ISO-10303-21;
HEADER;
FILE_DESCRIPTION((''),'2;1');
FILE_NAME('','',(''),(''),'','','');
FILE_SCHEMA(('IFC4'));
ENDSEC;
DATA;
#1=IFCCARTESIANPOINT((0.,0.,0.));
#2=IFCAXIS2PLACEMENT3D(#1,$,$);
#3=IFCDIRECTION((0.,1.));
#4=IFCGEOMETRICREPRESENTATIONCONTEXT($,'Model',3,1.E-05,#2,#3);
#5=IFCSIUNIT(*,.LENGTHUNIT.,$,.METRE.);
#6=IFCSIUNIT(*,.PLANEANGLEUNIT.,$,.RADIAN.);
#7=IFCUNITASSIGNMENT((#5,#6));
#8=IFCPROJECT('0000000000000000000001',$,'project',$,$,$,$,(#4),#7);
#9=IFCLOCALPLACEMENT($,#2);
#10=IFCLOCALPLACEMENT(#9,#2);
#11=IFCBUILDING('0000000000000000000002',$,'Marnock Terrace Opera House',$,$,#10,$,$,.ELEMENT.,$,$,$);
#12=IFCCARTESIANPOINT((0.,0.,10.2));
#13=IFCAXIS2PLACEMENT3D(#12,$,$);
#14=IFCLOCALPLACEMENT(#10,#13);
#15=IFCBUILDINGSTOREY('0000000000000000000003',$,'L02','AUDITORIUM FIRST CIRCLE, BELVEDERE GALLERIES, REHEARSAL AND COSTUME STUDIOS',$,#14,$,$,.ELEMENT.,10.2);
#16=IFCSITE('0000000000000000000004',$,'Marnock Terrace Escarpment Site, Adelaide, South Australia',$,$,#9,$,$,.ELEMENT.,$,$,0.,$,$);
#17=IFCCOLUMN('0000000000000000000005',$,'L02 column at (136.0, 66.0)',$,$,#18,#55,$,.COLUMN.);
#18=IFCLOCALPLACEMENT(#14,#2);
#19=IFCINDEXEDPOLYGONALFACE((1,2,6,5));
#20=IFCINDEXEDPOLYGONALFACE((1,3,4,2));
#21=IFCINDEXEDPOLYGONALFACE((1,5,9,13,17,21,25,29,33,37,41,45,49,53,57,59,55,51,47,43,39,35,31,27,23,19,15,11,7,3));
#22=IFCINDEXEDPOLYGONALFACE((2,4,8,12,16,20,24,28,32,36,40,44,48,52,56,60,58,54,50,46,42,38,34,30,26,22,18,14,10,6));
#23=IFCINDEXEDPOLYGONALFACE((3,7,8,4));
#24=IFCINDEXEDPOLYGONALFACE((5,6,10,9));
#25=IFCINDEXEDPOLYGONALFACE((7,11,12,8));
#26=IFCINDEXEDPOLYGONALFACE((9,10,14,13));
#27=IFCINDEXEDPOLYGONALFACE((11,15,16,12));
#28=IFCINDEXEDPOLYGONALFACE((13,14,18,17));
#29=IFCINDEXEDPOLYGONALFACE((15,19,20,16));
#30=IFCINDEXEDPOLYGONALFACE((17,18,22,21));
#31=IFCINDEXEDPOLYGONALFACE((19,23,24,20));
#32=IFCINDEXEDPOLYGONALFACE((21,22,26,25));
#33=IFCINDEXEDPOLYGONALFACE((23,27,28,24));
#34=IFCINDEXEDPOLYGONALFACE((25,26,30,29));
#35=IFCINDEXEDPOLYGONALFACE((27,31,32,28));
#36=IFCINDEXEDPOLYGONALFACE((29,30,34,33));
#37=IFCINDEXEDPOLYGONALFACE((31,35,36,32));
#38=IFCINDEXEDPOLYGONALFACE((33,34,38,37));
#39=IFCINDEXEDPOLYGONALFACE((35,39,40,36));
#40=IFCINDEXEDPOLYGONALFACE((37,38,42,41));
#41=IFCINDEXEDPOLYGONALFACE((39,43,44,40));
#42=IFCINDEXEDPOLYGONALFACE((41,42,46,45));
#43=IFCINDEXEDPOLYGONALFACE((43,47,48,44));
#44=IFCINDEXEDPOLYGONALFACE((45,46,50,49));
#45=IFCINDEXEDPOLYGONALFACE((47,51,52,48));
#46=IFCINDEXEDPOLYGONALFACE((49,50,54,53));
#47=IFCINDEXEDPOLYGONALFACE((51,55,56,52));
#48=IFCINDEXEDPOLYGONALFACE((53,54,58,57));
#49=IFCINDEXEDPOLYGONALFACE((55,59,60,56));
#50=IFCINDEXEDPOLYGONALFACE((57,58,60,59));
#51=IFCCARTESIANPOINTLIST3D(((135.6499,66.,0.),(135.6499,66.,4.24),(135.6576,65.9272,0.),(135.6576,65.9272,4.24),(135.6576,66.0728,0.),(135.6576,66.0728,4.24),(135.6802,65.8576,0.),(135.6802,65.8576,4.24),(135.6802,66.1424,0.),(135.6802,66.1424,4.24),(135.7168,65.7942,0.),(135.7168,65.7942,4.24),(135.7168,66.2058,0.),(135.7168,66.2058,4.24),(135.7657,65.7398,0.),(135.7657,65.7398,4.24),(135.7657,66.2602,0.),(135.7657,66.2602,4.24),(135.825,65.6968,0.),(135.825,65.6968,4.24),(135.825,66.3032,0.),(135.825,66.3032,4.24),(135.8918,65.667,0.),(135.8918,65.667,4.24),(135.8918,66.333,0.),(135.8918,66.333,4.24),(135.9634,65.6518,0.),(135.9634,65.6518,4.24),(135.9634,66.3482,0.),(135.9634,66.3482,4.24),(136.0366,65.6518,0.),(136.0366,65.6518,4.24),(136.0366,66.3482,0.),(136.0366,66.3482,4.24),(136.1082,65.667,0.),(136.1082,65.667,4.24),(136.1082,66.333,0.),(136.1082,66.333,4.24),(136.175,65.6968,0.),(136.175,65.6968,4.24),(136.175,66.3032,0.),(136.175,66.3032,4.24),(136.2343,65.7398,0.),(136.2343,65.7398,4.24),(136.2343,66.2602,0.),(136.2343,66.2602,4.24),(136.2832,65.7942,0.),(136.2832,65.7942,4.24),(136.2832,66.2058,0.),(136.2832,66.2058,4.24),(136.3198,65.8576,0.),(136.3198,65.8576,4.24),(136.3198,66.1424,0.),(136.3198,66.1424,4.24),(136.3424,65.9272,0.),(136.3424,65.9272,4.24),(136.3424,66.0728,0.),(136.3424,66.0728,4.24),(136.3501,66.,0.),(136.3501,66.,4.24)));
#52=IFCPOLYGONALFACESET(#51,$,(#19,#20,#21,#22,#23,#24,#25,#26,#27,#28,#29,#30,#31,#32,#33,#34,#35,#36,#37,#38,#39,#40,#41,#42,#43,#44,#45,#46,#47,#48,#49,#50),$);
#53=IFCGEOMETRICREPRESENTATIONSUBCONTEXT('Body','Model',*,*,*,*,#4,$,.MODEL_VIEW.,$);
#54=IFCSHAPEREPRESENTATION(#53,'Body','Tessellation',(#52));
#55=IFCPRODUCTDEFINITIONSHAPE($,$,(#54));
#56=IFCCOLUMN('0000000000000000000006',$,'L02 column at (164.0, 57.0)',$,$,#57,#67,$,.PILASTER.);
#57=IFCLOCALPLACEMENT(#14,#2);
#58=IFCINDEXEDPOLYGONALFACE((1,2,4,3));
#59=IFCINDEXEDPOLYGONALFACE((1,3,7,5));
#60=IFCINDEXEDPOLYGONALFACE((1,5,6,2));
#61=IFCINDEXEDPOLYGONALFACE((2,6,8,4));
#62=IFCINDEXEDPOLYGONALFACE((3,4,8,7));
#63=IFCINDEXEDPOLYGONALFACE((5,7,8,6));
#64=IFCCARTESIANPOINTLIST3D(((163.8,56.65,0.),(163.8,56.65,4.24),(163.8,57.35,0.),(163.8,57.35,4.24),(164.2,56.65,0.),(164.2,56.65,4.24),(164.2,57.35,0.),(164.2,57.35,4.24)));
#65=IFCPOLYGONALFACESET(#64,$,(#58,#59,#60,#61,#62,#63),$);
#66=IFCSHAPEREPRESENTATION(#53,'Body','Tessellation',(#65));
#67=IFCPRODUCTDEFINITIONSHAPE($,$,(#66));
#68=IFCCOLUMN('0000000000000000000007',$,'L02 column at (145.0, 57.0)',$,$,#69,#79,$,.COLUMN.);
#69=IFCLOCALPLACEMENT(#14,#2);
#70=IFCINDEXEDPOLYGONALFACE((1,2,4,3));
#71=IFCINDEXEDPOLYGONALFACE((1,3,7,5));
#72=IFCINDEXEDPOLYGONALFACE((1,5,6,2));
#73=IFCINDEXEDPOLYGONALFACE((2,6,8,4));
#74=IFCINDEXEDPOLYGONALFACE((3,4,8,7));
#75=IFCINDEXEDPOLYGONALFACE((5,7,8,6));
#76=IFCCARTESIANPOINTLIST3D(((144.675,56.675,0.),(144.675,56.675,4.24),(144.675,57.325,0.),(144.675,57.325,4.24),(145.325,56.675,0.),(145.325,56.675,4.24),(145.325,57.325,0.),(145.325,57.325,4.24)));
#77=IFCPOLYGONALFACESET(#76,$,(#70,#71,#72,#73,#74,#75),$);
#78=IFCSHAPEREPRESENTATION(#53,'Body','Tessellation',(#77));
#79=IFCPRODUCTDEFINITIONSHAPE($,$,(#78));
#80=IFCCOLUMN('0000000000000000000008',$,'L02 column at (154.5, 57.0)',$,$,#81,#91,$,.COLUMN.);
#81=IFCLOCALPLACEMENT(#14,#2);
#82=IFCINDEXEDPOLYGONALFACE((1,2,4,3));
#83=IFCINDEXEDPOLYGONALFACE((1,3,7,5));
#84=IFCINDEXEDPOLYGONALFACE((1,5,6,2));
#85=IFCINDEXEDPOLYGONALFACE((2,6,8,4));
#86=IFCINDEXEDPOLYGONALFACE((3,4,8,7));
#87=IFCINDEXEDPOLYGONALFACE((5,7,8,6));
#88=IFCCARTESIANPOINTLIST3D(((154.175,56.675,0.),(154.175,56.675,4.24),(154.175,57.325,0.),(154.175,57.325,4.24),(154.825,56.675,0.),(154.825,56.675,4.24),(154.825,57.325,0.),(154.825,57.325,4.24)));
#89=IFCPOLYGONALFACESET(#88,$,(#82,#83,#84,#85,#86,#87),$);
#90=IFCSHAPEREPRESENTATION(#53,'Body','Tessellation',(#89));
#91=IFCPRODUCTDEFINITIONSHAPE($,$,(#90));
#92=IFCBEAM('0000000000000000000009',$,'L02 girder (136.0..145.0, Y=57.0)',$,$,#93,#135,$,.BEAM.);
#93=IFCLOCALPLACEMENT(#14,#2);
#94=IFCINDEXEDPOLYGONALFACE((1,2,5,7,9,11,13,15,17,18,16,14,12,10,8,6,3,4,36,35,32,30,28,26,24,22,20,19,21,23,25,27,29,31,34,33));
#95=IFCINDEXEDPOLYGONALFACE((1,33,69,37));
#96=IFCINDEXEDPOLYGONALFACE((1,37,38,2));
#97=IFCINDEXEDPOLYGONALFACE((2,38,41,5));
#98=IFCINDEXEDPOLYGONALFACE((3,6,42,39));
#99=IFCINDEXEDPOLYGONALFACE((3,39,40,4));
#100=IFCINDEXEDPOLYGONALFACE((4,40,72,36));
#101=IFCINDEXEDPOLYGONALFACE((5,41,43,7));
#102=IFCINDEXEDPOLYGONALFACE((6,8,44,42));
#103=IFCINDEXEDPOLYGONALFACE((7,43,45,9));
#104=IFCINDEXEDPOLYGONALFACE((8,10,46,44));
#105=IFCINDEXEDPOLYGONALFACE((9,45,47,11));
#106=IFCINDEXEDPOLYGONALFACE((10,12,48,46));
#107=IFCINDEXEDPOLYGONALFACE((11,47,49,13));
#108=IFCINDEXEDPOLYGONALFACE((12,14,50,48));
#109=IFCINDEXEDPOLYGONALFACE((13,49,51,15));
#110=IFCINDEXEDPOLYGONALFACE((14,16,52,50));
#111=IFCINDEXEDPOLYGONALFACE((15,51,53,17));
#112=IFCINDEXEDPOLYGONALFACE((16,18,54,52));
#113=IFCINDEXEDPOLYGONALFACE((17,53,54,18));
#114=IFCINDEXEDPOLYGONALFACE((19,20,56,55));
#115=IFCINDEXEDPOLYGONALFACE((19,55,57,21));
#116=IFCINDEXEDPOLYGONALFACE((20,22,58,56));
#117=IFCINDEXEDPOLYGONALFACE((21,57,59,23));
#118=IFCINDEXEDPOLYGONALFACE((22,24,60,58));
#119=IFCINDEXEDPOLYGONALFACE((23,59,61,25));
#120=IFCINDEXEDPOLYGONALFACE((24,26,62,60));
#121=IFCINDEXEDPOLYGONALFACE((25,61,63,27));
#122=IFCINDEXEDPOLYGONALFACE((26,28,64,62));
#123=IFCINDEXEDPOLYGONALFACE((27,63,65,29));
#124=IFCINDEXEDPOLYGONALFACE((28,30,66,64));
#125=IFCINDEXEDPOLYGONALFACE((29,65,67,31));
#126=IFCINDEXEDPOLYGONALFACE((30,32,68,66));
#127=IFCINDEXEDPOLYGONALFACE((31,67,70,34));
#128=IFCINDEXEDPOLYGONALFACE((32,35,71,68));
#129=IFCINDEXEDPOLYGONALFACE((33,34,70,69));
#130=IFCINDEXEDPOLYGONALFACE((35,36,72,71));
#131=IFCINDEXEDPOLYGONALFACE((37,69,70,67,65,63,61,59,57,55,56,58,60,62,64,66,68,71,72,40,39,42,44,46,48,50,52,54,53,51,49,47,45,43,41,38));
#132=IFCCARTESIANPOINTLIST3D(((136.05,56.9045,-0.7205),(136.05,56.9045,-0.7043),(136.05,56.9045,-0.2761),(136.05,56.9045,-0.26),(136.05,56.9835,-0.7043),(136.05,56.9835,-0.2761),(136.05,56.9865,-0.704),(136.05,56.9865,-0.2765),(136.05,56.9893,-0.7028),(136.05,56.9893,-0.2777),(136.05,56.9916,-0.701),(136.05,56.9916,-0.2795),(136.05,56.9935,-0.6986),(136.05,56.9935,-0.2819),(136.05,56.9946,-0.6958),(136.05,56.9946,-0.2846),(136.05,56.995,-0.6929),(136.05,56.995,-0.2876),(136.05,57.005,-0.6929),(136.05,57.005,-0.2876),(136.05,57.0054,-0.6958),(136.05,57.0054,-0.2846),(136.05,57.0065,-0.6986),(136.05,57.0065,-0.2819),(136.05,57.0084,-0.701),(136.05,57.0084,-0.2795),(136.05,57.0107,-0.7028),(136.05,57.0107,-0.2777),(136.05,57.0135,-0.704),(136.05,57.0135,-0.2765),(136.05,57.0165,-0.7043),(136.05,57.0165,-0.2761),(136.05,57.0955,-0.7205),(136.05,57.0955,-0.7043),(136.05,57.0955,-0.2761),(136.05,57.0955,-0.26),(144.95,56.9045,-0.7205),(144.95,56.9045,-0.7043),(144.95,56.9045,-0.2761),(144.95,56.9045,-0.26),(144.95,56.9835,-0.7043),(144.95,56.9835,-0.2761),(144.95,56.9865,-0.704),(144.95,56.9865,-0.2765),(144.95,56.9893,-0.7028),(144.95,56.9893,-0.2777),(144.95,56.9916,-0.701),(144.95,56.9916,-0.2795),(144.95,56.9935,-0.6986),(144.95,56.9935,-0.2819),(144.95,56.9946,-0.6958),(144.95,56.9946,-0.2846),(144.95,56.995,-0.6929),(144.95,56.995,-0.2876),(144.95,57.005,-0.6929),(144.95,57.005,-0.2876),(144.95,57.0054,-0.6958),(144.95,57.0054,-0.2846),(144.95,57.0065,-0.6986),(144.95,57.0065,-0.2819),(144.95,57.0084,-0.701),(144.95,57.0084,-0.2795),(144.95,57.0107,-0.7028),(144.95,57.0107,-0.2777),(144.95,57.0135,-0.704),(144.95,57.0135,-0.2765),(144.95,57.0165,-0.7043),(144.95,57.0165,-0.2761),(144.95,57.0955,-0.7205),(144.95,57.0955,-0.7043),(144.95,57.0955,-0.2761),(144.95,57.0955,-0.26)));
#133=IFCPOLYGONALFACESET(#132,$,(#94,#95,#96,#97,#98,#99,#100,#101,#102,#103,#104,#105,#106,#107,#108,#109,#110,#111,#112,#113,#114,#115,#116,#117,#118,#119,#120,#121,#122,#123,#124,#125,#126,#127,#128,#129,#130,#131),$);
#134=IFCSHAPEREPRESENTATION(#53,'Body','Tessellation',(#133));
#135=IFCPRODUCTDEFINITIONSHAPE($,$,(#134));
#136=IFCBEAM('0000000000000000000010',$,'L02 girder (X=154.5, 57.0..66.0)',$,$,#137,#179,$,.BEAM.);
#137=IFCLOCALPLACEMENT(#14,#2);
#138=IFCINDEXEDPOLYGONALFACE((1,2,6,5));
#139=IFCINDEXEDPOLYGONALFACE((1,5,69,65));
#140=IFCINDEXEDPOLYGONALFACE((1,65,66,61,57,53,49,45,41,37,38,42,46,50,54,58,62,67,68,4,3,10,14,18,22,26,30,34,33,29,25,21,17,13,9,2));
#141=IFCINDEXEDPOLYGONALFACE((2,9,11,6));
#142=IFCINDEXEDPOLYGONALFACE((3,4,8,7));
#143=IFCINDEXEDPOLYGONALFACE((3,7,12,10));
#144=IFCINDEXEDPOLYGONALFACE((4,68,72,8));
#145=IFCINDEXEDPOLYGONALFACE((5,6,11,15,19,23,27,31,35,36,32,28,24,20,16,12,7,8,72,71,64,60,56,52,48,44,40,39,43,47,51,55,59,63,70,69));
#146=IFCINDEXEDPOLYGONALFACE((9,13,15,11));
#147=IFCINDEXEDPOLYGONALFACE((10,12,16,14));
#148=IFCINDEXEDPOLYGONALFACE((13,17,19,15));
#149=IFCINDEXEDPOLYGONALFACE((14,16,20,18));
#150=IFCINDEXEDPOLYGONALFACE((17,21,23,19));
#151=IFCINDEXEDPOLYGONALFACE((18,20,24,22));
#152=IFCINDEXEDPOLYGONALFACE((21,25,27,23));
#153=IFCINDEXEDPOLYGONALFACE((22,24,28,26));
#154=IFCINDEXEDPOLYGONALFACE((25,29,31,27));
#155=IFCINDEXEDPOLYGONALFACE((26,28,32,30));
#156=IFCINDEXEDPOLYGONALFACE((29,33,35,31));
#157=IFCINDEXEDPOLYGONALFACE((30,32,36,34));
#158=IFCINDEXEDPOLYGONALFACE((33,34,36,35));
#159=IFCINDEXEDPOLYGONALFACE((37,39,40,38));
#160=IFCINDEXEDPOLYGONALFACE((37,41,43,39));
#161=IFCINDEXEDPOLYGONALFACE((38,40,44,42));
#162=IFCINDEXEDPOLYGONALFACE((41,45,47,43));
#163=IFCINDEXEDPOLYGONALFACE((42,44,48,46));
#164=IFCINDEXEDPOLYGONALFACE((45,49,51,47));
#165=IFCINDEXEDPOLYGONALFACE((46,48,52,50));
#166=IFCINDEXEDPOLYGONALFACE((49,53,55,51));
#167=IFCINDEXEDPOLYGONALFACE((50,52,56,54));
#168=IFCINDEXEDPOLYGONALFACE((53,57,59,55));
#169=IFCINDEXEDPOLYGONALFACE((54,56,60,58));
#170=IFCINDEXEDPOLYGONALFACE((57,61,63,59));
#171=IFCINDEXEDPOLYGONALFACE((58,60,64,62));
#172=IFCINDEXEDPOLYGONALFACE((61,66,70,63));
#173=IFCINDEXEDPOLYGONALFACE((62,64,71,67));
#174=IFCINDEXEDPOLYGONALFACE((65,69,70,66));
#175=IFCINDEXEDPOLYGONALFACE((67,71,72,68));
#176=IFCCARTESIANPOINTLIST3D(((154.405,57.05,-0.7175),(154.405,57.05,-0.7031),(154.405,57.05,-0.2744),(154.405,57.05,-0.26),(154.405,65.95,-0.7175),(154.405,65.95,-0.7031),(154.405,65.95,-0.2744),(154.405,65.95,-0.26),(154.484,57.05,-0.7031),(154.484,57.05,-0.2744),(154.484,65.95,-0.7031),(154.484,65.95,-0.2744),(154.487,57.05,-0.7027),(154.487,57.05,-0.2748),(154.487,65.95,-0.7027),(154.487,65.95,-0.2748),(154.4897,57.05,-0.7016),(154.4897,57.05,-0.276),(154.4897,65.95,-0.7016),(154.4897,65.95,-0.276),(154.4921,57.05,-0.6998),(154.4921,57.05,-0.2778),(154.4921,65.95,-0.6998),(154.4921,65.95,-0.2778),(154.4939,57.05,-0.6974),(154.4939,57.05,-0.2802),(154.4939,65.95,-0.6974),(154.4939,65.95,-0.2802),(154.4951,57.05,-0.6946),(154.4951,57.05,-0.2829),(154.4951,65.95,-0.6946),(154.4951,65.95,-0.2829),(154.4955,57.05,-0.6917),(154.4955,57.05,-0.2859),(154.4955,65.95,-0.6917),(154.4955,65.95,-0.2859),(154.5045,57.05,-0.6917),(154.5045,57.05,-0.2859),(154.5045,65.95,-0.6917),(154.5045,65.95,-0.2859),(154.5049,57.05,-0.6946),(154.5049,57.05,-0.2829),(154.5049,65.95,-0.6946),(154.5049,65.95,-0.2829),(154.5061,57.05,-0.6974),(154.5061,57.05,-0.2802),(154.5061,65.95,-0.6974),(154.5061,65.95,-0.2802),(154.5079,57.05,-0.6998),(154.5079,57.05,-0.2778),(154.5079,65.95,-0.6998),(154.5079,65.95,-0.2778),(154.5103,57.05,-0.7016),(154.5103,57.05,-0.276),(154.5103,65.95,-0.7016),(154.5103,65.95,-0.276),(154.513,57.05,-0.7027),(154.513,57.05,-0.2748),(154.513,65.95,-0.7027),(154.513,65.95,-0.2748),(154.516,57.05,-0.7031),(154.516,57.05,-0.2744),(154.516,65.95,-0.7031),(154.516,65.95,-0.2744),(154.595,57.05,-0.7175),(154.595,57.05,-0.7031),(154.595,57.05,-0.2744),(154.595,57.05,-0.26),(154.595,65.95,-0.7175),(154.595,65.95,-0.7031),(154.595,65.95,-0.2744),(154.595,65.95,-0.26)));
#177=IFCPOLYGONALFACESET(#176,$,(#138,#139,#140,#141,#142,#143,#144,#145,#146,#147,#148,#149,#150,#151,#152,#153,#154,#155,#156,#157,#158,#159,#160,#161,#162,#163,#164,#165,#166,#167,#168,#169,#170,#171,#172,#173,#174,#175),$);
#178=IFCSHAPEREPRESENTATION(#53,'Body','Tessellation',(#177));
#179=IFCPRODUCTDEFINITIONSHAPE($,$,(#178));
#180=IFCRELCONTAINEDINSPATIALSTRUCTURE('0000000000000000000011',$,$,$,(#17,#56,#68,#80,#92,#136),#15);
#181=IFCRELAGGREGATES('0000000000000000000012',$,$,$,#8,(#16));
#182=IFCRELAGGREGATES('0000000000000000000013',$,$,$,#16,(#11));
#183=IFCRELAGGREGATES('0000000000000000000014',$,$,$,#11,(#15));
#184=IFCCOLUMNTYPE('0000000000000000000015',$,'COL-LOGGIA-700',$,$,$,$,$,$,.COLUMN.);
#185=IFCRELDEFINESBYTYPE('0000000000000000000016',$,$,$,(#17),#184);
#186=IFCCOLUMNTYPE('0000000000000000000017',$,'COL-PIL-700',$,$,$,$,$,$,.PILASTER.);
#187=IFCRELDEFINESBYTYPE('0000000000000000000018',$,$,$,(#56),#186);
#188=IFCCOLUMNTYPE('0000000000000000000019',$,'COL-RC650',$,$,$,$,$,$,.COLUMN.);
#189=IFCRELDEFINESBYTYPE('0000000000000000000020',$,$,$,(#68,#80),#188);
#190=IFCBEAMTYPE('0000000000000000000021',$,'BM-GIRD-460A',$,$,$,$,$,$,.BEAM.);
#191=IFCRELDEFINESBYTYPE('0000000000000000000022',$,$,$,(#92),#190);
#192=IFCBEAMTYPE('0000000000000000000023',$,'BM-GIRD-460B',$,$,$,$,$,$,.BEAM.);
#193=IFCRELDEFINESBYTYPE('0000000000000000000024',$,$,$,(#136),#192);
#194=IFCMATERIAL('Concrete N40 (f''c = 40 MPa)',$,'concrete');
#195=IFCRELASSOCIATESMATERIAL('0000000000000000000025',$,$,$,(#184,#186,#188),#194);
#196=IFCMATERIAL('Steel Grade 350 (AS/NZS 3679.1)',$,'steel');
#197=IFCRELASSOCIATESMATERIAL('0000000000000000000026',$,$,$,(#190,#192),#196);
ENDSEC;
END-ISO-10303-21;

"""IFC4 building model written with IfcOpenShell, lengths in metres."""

from ifc_helpers import new_model, si_unit, direction, frame, origin, origin_2d, place, context, subcontext, project, spatial, rectangle, circle, i_section, extrude, material, material_profile, profile_set, type_object, element, save


model = new_model("IFC4")

# Units and contexts
model_context = context("Model", 3, precision=1e-05, world=origin(), true_north=direction((0.0, 1.0)))
body_context = subcontext(model_context, "Body", "Model", "MODEL_VIEW")
ifc_project = project(units=[si_unit("LENGTHUNIT", "METRE"), si_unit("PLANEANGLEUNIT", "RADIAN")], contexts=[model_context])

# Site, building, storey
site_placement = place(None, origin())
site = spatial("IfcSite", under=ifc_project, at=site_placement, Name="Marnock Terrace Escarpment Site, Adelaide, South Australia", CompositionType="ELEMENT", RefElevation=0.0)
building_placement = place(site_placement, origin())
building = spatial("IfcBuilding", under=site, at=building_placement, Name="Marnock Terrace Opera House", CompositionType="ELEMENT")
storey_placement = place(building_placement, frame((0.0, 0.0, 10.2)))
storey = spatial("IfcBuildingStorey", under=building, at=storey_placement, Name="L02", Description="AUDITORIUM FIRST CIRCLE, BELVEDERE GALLERIES, REHEARSAL AND COSTUME STUDIOS", CompositionType="ELEMENT", Elevation=10.2)

# Columns
ifc_material_1 = material(Name="Concrete N40 (f'c = 40 MPa)", Category="concrete")
ifc_material_profile_1 = material_profile(ifc_material_1, circle(Radius=0.3501, at=origin_2d()))
ifc_profile_set_1 = profile_set([ifc_material_profile_1], Name="Concrete N40 (f'c = 40 MPa)")
column_type_1 = type_object("IfcColumnType", Name="COL-LOGGIA-700", PredefinedType="COLUMN", material=ifc_profile_set_1)
column_1_placement = place(storey_placement, frame((136.0, 66.0, 0.0), z_axis=(0.0, 0.0, 1.0), x_axis=(1.0, 0.0, 0.0)))
element("IfcColumn", 1, at=column_1_placement, inside=storey, type_object=column_type_1, Name="L02 column at (136.0, 66.0)", PredefinedType="COLUMN", context=body_context, shape_type="SweptSolid", body=[
    extrude(circle(Radius=0.3501, at=origin_2d()), origin(), (0.0, 0.0, 1.0), 4.24),
])
ifc_material_profile_2 = material_profile(ifc_material_1, rectangle(XDim=0.3999, YDim=0.7, at=origin_2d()))
ifc_profile_set_2 = profile_set([ifc_material_profile_2], Name="Concrete N40 (f'c = 40 MPa)")
column_type_2 = type_object("IfcColumnType", Name="COL-PIL-700", PredefinedType="PILASTER", material=ifc_profile_set_2)
column_2_placement = place(storey_placement, frame((164.0, 57.0, 0.0), z_axis=(0.0, 0.0, 1.0), x_axis=(1.0, 0.0, 0.0)))
element("IfcColumn", 2, at=column_2_placement, inside=storey, type_object=column_type_2, Name="L02 column at (164.0, 57.0)", PredefinedType="PILASTER", context=body_context, shape_type="SweptSolid", body=[
    extrude(rectangle(XDim=0.3999, YDim=0.7, at=origin_2d()), origin(), (0.0, 0.0, 1.0), 4.24),
])
ifc_material_profile_3 = material_profile(ifc_material_1, rectangle(XDim=0.6499, YDim=0.6499, at=origin_2d()))
ifc_profile_set_3 = profile_set([ifc_material_profile_3], Name="Concrete N40 (f'c = 40 MPa)")
column_type_3 = type_object("IfcColumnType", Name="COL-RC650", PredefinedType="COLUMN", material=ifc_profile_set_3)
for number, where, z_axis, x_axis, name in (
    (3, (145.0, 57.0, 0.0), (0.0, 0.0, 1.0), (1.0, 0.0, 0.0), "L02 column at (145.0, 57.0)"),
    (4, (154.5, 57.0, 0.0), (0.0, 0.0, 1.0), (1.0, 0.0, 0.0), "L02 column at (154.5, 57.0)"),
):
    element("IfcColumn", number, at=place(storey_placement, frame(where, z_axis=z_axis, x_axis=x_axis)), inside=storey, type_object=column_type_3, Name=name, PredefinedType="COLUMN", context=body_context, shape_type="SweptSolid", body=[
        extrude(rectangle(XDim=0.6499, YDim=0.6499, at=origin_2d()), origin(), (0.0, 0.0, 1.0), 4.24),
    ])

# Beams
ifc_material_2 = material(Name="Steel Grade 350 (AS/NZS 3679.1)", Category="steel")
ifc_material_profile_4 = material_profile(ifc_material_2, i_section(OverallWidth=0.1909, OverallDepth=0.4604, WebThickness=0.01, FlangeThickness=0.0161, FilletRadius=0.0115, at=origin_2d()))
ifc_profile_set_4 = profile_set([ifc_material_profile_4], Name="Steel Grade 350 (AS/NZS 3679.1)")
beam_type_1 = type_object("IfcBeamType", Name="BM-GIRD-460A", PredefinedType="BEAM", material=ifc_profile_set_4)
beam_1_placement = place(storey_placement, frame((136.05, 57.0, -0.4902), z_axis=(1.0, 0.0, 0.0), x_axis=(0.0, 1.0, 0.0)))
element("IfcBeam", 5, at=beam_1_placement, inside=storey, type_object=beam_type_1, Name="L02 girder (136.0..145.0, Y=57.0)", PredefinedType="BEAM", context=body_context, shape_type="SweptSolid", body=[
    extrude(i_section(OverallWidth=0.1909, OverallDepth=0.4604, WebThickness=0.01, FlangeThickness=0.0161, FilletRadius=0.0115, at=origin_2d()), origin(), (0.0, 0.0, 1.0), 8.8999),
])
ifc_material_profile_5 = material_profile(ifc_material_2, i_section(OverallWidth=0.1899, OverallDepth=0.4575, WebThickness=0.009, FlangeThickness=0.0144, FilletRadius=0.0115, at=origin_2d()))
ifc_profile_set_5 = profile_set([ifc_material_profile_5], Name="Steel Grade 350 (AS/NZS 3679.1)")
beam_type_2 = type_object("IfcBeamType", Name="BM-GIRD-460B", PredefinedType="BEAM", material=ifc_profile_set_5)
beam_2_placement = place(storey_placement, frame((154.5, 57.05, -0.4888), z_axis=(0.0, 1.0, 0.0), x_axis=(-1.0, 0.0, 0.0)))
element("IfcBeam", 6, at=beam_2_placement, inside=storey, type_object=beam_type_2, Name="L02 girder (X=154.5, 57.0..66.0)", PredefinedType="BEAM", context=body_context, shape_type="SweptSolid", body=[
    extrude(i_section(OverallWidth=0.1899, OverallDepth=0.4575, WebThickness=0.009, FlangeThickness=0.0144, FilletRadius=0.0115, at=origin_2d()), origin(), (0.0, 0.0, 1.0), 8.8999),
])

save(model, "model.ifc")
